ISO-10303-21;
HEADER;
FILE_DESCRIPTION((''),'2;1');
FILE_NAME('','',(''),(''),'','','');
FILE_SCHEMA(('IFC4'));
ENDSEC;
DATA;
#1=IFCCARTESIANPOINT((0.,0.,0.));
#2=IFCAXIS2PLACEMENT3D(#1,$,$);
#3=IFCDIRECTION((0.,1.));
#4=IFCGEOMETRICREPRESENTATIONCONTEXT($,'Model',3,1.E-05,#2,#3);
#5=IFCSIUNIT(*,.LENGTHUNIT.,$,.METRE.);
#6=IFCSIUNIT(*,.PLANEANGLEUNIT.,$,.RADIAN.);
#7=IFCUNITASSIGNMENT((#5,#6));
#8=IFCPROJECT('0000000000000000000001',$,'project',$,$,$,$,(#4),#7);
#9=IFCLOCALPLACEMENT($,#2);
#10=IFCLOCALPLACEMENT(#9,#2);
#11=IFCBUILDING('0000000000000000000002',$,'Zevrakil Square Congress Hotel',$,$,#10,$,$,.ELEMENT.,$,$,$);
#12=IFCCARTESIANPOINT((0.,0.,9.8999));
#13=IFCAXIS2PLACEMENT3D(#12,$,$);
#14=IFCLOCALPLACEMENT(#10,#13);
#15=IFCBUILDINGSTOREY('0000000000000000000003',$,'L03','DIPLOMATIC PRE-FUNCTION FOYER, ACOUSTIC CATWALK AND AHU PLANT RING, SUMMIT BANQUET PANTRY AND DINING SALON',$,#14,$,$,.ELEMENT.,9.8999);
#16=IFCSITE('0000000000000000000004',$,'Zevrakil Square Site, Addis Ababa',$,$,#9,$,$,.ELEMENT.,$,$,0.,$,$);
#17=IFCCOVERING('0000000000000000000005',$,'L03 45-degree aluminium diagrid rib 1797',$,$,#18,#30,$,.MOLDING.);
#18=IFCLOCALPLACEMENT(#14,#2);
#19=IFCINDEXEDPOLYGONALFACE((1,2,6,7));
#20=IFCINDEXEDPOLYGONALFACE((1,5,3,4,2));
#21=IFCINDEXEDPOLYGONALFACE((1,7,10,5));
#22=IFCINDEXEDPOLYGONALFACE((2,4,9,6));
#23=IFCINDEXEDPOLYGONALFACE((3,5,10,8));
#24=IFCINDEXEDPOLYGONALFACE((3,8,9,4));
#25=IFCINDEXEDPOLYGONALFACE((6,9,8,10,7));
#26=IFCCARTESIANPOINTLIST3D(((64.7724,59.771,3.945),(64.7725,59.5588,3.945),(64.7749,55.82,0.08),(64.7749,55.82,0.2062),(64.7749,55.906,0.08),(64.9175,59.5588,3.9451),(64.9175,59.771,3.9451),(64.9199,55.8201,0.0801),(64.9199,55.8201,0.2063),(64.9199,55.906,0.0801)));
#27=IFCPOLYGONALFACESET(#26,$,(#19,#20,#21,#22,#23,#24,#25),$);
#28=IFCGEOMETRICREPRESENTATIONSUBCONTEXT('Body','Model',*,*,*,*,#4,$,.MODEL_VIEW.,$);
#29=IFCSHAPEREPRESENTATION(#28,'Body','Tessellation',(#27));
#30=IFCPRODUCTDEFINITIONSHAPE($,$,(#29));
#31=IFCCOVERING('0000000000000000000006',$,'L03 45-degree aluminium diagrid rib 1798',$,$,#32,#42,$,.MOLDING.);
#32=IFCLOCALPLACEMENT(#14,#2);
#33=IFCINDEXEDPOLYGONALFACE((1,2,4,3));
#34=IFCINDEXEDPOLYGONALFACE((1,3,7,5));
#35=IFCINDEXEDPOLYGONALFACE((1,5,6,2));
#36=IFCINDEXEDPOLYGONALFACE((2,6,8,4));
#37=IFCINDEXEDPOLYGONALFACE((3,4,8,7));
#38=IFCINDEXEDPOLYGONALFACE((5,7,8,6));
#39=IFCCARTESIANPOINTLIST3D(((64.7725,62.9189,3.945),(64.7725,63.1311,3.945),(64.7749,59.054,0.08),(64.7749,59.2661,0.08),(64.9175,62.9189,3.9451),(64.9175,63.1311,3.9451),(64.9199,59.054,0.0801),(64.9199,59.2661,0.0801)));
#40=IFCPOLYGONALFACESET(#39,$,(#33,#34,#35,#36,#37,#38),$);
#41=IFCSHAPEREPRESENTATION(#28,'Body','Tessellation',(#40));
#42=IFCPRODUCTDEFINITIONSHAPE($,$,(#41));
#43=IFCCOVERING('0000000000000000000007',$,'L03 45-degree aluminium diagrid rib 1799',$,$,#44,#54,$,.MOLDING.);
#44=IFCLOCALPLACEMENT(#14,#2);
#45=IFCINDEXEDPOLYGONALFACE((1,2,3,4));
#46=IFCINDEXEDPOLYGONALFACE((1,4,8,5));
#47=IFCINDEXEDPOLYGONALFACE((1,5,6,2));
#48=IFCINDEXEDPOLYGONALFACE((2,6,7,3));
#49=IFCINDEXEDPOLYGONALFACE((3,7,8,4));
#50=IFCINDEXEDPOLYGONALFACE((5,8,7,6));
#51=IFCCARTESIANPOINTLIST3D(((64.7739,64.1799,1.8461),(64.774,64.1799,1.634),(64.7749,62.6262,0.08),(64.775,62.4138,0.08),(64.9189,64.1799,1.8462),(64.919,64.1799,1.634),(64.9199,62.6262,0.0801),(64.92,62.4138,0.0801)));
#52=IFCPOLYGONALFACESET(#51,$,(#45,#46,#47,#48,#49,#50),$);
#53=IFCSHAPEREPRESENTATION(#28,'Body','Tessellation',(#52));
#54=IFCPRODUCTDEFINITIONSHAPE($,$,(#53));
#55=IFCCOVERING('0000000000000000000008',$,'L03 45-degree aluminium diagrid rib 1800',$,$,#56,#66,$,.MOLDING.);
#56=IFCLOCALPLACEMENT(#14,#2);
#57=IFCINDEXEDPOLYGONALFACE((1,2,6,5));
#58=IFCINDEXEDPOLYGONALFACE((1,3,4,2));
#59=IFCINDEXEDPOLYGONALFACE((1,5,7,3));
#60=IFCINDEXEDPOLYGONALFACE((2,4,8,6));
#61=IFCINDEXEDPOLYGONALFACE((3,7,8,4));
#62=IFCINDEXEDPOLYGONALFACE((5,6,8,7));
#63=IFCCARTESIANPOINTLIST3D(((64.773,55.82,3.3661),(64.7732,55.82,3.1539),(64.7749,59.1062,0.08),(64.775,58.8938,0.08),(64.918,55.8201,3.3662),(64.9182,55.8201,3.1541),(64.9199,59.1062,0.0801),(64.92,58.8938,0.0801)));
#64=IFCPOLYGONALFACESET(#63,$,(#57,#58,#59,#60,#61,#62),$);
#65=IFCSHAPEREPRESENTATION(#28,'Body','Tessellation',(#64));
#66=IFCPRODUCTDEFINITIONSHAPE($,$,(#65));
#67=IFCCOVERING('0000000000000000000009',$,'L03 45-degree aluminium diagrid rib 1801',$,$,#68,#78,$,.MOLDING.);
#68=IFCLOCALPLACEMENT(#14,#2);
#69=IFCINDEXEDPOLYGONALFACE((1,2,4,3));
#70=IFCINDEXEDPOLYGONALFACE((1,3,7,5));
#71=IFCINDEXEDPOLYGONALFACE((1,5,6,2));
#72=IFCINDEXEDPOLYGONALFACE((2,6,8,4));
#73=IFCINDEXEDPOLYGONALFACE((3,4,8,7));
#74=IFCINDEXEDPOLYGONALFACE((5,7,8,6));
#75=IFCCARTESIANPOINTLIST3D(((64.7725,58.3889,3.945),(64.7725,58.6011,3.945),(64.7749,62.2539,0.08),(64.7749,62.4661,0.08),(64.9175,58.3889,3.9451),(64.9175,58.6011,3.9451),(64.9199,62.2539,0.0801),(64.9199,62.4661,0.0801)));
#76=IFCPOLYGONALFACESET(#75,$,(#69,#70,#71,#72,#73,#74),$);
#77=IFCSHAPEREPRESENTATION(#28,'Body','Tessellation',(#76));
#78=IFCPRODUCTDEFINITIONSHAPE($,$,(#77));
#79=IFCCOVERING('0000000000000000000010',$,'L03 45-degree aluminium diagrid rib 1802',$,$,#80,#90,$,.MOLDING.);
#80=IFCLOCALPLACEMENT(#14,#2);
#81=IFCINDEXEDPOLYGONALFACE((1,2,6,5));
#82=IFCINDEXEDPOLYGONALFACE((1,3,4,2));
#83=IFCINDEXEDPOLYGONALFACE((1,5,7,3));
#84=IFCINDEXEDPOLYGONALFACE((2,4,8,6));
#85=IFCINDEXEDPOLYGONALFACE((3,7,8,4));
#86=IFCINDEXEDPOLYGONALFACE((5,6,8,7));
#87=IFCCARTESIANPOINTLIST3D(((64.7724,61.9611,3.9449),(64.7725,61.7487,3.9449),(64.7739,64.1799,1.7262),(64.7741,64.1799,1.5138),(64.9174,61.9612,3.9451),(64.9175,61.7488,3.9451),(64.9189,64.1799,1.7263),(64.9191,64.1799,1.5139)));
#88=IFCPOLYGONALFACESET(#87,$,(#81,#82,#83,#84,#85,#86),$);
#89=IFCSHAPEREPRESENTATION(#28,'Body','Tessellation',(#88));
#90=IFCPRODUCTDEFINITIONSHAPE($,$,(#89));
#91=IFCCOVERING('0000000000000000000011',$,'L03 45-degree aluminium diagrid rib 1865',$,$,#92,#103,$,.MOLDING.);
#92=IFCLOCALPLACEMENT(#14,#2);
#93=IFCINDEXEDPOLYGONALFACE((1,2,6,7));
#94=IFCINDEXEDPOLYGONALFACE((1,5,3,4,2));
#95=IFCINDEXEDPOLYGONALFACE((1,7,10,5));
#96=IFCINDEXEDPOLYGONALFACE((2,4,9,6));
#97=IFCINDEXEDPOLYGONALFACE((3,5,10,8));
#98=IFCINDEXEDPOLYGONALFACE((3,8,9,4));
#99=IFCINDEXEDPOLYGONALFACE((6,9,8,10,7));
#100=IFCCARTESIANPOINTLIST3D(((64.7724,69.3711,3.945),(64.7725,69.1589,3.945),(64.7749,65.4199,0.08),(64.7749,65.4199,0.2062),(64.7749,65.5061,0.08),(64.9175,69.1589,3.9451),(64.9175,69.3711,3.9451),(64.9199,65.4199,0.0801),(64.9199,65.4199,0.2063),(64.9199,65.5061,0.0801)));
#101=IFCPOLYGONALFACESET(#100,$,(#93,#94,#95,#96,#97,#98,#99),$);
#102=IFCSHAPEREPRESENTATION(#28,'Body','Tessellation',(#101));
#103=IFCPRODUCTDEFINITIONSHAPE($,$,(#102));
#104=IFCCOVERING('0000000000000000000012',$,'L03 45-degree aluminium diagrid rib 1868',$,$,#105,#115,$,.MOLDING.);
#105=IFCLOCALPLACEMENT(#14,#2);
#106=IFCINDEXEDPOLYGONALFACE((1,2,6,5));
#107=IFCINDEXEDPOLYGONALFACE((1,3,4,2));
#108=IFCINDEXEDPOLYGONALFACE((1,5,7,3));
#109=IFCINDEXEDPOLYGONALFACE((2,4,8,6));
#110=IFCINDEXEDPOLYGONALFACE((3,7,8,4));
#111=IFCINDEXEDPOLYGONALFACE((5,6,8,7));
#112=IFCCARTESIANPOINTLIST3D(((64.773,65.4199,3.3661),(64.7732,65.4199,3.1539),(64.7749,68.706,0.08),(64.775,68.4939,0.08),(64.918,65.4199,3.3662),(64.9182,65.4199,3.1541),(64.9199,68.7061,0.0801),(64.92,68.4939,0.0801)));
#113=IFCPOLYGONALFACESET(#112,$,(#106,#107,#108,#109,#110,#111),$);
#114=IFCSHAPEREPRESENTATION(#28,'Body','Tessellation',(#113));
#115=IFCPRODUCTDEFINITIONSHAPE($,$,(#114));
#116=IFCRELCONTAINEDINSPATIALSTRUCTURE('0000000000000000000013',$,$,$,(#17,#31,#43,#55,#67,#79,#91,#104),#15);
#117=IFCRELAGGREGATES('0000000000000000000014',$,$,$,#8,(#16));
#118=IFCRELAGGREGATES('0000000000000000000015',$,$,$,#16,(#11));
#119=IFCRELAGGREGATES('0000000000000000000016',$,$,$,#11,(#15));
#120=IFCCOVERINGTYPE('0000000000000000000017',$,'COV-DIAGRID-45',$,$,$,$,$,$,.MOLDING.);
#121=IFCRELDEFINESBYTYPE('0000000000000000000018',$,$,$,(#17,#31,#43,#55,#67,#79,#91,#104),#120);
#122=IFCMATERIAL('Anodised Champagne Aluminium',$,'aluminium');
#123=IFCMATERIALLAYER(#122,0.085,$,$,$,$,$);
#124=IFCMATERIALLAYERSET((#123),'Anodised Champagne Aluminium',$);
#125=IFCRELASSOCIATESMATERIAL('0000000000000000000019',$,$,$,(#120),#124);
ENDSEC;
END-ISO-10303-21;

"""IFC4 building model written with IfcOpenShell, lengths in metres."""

from ifc_helpers import new_model, si_unit, direction, frame, origin, place, context, subcontext, project, spatial, polyline, outline, extrude, material, layer, layer_set, type_object, element, save


model = new_model("IFC4")

# Units and contexts
model_context = context("Model", 3, precision=1e-05, world=origin(), true_north=direction((0.0, 1.0)))
body_context = subcontext(model_context, "Body", "Model", "MODEL_VIEW")
ifc_project = project(units=[si_unit("LENGTHUNIT", "METRE"), si_unit("PLANEANGLEUNIT", "RADIAN")], contexts=[model_context])

# Site, building, storey
site_placement = place(None, origin())
site = spatial("IfcSite", under=ifc_project, at=site_placement, Name="Zevrakil Square Site, Addis Ababa", CompositionType="ELEMENT", RefElevation=0.0)
building_placement = place(site_placement, origin())
building = spatial("IfcBuilding", under=site, at=building_placement, Name="Zevrakil Square Congress Hotel", CompositionType="ELEMENT")
storey_placement = place(building_placement, frame((0.0, 0.0, 9.8999)))
storey = spatial("IfcBuildingStorey", under=building, at=storey_placement, Name="L03", Description="DIPLOMATIC PRE-FUNCTION FOYER, ACOUSTIC CATWALK AND AHU PLANT RING, SUMMIT BANQUET PANTRY AND DINING SALON", CompositionType="ELEMENT", Elevation=9.8999)

# Coverings
ifc_material_1 = material(Name="Anodised Champagne Aluminium", Category="aluminium")
ifc_layer_1 = layer(ifc_material_1, 0.085)
ifc_layer_set_1 = layer_set([ifc_layer_1], Name="Anodised Champagne Aluminium")
covering_type_1 = type_object("IfcCoveringType", Name="COV-DIAGRID-45", PredefinedType="MOLDING", material=ifc_layer_set_1)
covering_1_placement = place(storey_placement, frame((64.9199, 55.906, 0.0801), z_axis=(1.0, 0.00019, 0.000448), x_axis=(0.00019, -1.0, 0.0)))
element("IfcCovering", 1, at=covering_1_placement, inside=storey, type_object=covering_type_1, Name="L03 45-degree aluminium diagrid rib 1797", PredefinedType="MOLDING", context=body_context, shape_type="SweptSolid", body=[
    extrude(outline(polyline([(0.0, 0.0), (0.0859, 0.0), (0.0859, -0.1262), (-3.6528, -3.865), (-3.865, -3.865), (0.0, 0.0)])), origin(), (0.0, 0.0, -1.0), 0.145),
])
covering_2_placement = place(storey_placement, frame((64.9199, 59.2661, 0.0801), z_axis=(1.0, 0.0, 0.000632), x_axis=(0.0, -1.0, 0.0)))
element("IfcCovering", 2, at=covering_2_placement, inside=storey, type_object=covering_type_1, Name="L03 45-degree aluminium diagrid rib 1798", PredefinedType="MOLDING", context=body_context, shape_type="SweptSolid", body=[
    extrude(outline(polyline([(0.0, 0.0), (0.2122, 0.0), (-3.6528, -3.865), (-3.865, -3.865), (0.0, 0.0)])), origin(), (0.0, 0.0, -1.0), 0.145),
])
covering_3_placement = place(storey_placement, frame((64.9199, 62.6262, 0.0801), z_axis=(1.0, 0.000294, 0.000294), x_axis=(0.000294, -1.0, 0.0)))
element("IfcCovering", 3, at=covering_3_placement, inside=storey, type_object=covering_type_1, Name="L03 45-degree aluminium diagrid rib 1799", PredefinedType="MOLDING", context=body_context, shape_type="SweptSolid", body=[
    extrude(outline(polyline([(0.0, 0.0), (0.2124, 0.0), (-1.5537, -1.7661), (-1.5537, -1.554), (0.0, 0.0)])), origin(), (0.0, 0.0, -1.0), 0.145),
])
covering_4_placement = place(storey_placement, frame((64.9182, 55.8201, 3.1541), z_axis=(1.0, 0.000287, 0.000863), x_axis=(-0.000863, 0.0, 1.0)))
element("IfcCovering", 4, at=covering_4_placement, inside=storey, type_object=covering_type_1, Name="L03 45-degree aluminium diagrid rib 1800", PredefinedType="MOLDING", context=body_context, shape_type="SweptSolid", body=[
    extrude(outline(polyline([(0.0, 0.0), (0.2122, 0.0), (-3.074, -3.2861), (-3.074, -3.0737), (0.0, 0.0)])), origin(), (0.0, 0.0, -1.0), 0.145),
])
covering_5_placement = place(storey_placement, frame((64.9175, 58.3889, 3.9451), z_axis=(1.0, 0.0, 0.000632), x_axis=(0.0, 1.0, 0.0)))
element("IfcCovering", 5, at=covering_5_placement, inside=storey, type_object=covering_type_1, Name="L03 45-degree aluminium diagrid rib 1801", PredefinedType="MOLDING", context=body_context, shape_type="SweptSolid", body=[
    extrude(outline(polyline([(0.0, 0.0), (0.2122, 0.0), (4.0771, -3.865), (3.865, -3.865), (0.0, 0.0)])), origin(), (0.0, 0.0, -1.0), 0.145),
])
covering_6_placement = place(storey_placement, frame((64.9175, 61.7488, 3.9451), z_axis=(1.0, 0.000233, 0.000916), x_axis=(-0.000233, 1.0, 0.0)))
element("IfcCovering", 6, at=covering_6_placement, inside=storey, type_object=covering_type_1, Name="L03 45-degree aluminium diagrid rib 1802", PredefinedType="MOLDING", context=body_context, shape_type="SweptSolid", body=[
    extrude(outline(polyline([(0.0, 0.0), (0.2124, 0.0), (2.4312, -2.2188), (2.4312, -2.4312), (0.0, 0.0)])), origin(), (0.0, 0.0, -1.0), 0.145),
])
covering_7_placement = place(storey_placement, frame((64.9199, 65.5061, 0.0801), z_axis=(1.0, 0.00019, 0.000448), x_axis=(0.00019, -1.0, 0.0)))
element("IfcCovering", 7, at=covering_7_placement, inside=storey, type_object=covering_type_1, Name="L03 45-degree aluminium diagrid rib 1865", PredefinedType="MOLDING", context=body_context, shape_type="SweptSolid", body=[
    extrude(outline(polyline([(0.0, 0.0), (0.0862, 0.0), (0.0862, -0.1262), (-3.6528, -3.865), (-3.865, -3.865), (0.0, 0.0)])), origin(), (0.0, 0.0, -1.0), 0.145),
])
covering_8_placement = place(storey_placement, frame((64.9182, 65.4199, 3.1541), z_axis=(1.0, 0.000287, 0.000863), x_axis=(-0.000863, 0.0, 1.0)))
element("IfcCovering", 8, at=covering_8_placement, inside=storey, type_object=covering_type_1, Name="L03 45-degree aluminium diagrid rib 1868", PredefinedType="MOLDING", context=body_context, shape_type="SweptSolid", body=[
    extrude(outline(polyline([(0.0, 0.0), (0.2122, 0.0), (-3.074, -3.2861), (-3.074, -3.074), (0.0, 0.0)])), origin(), (0.0, 0.0, -1.0), 0.145),
])

save(model, "model.ifc")
